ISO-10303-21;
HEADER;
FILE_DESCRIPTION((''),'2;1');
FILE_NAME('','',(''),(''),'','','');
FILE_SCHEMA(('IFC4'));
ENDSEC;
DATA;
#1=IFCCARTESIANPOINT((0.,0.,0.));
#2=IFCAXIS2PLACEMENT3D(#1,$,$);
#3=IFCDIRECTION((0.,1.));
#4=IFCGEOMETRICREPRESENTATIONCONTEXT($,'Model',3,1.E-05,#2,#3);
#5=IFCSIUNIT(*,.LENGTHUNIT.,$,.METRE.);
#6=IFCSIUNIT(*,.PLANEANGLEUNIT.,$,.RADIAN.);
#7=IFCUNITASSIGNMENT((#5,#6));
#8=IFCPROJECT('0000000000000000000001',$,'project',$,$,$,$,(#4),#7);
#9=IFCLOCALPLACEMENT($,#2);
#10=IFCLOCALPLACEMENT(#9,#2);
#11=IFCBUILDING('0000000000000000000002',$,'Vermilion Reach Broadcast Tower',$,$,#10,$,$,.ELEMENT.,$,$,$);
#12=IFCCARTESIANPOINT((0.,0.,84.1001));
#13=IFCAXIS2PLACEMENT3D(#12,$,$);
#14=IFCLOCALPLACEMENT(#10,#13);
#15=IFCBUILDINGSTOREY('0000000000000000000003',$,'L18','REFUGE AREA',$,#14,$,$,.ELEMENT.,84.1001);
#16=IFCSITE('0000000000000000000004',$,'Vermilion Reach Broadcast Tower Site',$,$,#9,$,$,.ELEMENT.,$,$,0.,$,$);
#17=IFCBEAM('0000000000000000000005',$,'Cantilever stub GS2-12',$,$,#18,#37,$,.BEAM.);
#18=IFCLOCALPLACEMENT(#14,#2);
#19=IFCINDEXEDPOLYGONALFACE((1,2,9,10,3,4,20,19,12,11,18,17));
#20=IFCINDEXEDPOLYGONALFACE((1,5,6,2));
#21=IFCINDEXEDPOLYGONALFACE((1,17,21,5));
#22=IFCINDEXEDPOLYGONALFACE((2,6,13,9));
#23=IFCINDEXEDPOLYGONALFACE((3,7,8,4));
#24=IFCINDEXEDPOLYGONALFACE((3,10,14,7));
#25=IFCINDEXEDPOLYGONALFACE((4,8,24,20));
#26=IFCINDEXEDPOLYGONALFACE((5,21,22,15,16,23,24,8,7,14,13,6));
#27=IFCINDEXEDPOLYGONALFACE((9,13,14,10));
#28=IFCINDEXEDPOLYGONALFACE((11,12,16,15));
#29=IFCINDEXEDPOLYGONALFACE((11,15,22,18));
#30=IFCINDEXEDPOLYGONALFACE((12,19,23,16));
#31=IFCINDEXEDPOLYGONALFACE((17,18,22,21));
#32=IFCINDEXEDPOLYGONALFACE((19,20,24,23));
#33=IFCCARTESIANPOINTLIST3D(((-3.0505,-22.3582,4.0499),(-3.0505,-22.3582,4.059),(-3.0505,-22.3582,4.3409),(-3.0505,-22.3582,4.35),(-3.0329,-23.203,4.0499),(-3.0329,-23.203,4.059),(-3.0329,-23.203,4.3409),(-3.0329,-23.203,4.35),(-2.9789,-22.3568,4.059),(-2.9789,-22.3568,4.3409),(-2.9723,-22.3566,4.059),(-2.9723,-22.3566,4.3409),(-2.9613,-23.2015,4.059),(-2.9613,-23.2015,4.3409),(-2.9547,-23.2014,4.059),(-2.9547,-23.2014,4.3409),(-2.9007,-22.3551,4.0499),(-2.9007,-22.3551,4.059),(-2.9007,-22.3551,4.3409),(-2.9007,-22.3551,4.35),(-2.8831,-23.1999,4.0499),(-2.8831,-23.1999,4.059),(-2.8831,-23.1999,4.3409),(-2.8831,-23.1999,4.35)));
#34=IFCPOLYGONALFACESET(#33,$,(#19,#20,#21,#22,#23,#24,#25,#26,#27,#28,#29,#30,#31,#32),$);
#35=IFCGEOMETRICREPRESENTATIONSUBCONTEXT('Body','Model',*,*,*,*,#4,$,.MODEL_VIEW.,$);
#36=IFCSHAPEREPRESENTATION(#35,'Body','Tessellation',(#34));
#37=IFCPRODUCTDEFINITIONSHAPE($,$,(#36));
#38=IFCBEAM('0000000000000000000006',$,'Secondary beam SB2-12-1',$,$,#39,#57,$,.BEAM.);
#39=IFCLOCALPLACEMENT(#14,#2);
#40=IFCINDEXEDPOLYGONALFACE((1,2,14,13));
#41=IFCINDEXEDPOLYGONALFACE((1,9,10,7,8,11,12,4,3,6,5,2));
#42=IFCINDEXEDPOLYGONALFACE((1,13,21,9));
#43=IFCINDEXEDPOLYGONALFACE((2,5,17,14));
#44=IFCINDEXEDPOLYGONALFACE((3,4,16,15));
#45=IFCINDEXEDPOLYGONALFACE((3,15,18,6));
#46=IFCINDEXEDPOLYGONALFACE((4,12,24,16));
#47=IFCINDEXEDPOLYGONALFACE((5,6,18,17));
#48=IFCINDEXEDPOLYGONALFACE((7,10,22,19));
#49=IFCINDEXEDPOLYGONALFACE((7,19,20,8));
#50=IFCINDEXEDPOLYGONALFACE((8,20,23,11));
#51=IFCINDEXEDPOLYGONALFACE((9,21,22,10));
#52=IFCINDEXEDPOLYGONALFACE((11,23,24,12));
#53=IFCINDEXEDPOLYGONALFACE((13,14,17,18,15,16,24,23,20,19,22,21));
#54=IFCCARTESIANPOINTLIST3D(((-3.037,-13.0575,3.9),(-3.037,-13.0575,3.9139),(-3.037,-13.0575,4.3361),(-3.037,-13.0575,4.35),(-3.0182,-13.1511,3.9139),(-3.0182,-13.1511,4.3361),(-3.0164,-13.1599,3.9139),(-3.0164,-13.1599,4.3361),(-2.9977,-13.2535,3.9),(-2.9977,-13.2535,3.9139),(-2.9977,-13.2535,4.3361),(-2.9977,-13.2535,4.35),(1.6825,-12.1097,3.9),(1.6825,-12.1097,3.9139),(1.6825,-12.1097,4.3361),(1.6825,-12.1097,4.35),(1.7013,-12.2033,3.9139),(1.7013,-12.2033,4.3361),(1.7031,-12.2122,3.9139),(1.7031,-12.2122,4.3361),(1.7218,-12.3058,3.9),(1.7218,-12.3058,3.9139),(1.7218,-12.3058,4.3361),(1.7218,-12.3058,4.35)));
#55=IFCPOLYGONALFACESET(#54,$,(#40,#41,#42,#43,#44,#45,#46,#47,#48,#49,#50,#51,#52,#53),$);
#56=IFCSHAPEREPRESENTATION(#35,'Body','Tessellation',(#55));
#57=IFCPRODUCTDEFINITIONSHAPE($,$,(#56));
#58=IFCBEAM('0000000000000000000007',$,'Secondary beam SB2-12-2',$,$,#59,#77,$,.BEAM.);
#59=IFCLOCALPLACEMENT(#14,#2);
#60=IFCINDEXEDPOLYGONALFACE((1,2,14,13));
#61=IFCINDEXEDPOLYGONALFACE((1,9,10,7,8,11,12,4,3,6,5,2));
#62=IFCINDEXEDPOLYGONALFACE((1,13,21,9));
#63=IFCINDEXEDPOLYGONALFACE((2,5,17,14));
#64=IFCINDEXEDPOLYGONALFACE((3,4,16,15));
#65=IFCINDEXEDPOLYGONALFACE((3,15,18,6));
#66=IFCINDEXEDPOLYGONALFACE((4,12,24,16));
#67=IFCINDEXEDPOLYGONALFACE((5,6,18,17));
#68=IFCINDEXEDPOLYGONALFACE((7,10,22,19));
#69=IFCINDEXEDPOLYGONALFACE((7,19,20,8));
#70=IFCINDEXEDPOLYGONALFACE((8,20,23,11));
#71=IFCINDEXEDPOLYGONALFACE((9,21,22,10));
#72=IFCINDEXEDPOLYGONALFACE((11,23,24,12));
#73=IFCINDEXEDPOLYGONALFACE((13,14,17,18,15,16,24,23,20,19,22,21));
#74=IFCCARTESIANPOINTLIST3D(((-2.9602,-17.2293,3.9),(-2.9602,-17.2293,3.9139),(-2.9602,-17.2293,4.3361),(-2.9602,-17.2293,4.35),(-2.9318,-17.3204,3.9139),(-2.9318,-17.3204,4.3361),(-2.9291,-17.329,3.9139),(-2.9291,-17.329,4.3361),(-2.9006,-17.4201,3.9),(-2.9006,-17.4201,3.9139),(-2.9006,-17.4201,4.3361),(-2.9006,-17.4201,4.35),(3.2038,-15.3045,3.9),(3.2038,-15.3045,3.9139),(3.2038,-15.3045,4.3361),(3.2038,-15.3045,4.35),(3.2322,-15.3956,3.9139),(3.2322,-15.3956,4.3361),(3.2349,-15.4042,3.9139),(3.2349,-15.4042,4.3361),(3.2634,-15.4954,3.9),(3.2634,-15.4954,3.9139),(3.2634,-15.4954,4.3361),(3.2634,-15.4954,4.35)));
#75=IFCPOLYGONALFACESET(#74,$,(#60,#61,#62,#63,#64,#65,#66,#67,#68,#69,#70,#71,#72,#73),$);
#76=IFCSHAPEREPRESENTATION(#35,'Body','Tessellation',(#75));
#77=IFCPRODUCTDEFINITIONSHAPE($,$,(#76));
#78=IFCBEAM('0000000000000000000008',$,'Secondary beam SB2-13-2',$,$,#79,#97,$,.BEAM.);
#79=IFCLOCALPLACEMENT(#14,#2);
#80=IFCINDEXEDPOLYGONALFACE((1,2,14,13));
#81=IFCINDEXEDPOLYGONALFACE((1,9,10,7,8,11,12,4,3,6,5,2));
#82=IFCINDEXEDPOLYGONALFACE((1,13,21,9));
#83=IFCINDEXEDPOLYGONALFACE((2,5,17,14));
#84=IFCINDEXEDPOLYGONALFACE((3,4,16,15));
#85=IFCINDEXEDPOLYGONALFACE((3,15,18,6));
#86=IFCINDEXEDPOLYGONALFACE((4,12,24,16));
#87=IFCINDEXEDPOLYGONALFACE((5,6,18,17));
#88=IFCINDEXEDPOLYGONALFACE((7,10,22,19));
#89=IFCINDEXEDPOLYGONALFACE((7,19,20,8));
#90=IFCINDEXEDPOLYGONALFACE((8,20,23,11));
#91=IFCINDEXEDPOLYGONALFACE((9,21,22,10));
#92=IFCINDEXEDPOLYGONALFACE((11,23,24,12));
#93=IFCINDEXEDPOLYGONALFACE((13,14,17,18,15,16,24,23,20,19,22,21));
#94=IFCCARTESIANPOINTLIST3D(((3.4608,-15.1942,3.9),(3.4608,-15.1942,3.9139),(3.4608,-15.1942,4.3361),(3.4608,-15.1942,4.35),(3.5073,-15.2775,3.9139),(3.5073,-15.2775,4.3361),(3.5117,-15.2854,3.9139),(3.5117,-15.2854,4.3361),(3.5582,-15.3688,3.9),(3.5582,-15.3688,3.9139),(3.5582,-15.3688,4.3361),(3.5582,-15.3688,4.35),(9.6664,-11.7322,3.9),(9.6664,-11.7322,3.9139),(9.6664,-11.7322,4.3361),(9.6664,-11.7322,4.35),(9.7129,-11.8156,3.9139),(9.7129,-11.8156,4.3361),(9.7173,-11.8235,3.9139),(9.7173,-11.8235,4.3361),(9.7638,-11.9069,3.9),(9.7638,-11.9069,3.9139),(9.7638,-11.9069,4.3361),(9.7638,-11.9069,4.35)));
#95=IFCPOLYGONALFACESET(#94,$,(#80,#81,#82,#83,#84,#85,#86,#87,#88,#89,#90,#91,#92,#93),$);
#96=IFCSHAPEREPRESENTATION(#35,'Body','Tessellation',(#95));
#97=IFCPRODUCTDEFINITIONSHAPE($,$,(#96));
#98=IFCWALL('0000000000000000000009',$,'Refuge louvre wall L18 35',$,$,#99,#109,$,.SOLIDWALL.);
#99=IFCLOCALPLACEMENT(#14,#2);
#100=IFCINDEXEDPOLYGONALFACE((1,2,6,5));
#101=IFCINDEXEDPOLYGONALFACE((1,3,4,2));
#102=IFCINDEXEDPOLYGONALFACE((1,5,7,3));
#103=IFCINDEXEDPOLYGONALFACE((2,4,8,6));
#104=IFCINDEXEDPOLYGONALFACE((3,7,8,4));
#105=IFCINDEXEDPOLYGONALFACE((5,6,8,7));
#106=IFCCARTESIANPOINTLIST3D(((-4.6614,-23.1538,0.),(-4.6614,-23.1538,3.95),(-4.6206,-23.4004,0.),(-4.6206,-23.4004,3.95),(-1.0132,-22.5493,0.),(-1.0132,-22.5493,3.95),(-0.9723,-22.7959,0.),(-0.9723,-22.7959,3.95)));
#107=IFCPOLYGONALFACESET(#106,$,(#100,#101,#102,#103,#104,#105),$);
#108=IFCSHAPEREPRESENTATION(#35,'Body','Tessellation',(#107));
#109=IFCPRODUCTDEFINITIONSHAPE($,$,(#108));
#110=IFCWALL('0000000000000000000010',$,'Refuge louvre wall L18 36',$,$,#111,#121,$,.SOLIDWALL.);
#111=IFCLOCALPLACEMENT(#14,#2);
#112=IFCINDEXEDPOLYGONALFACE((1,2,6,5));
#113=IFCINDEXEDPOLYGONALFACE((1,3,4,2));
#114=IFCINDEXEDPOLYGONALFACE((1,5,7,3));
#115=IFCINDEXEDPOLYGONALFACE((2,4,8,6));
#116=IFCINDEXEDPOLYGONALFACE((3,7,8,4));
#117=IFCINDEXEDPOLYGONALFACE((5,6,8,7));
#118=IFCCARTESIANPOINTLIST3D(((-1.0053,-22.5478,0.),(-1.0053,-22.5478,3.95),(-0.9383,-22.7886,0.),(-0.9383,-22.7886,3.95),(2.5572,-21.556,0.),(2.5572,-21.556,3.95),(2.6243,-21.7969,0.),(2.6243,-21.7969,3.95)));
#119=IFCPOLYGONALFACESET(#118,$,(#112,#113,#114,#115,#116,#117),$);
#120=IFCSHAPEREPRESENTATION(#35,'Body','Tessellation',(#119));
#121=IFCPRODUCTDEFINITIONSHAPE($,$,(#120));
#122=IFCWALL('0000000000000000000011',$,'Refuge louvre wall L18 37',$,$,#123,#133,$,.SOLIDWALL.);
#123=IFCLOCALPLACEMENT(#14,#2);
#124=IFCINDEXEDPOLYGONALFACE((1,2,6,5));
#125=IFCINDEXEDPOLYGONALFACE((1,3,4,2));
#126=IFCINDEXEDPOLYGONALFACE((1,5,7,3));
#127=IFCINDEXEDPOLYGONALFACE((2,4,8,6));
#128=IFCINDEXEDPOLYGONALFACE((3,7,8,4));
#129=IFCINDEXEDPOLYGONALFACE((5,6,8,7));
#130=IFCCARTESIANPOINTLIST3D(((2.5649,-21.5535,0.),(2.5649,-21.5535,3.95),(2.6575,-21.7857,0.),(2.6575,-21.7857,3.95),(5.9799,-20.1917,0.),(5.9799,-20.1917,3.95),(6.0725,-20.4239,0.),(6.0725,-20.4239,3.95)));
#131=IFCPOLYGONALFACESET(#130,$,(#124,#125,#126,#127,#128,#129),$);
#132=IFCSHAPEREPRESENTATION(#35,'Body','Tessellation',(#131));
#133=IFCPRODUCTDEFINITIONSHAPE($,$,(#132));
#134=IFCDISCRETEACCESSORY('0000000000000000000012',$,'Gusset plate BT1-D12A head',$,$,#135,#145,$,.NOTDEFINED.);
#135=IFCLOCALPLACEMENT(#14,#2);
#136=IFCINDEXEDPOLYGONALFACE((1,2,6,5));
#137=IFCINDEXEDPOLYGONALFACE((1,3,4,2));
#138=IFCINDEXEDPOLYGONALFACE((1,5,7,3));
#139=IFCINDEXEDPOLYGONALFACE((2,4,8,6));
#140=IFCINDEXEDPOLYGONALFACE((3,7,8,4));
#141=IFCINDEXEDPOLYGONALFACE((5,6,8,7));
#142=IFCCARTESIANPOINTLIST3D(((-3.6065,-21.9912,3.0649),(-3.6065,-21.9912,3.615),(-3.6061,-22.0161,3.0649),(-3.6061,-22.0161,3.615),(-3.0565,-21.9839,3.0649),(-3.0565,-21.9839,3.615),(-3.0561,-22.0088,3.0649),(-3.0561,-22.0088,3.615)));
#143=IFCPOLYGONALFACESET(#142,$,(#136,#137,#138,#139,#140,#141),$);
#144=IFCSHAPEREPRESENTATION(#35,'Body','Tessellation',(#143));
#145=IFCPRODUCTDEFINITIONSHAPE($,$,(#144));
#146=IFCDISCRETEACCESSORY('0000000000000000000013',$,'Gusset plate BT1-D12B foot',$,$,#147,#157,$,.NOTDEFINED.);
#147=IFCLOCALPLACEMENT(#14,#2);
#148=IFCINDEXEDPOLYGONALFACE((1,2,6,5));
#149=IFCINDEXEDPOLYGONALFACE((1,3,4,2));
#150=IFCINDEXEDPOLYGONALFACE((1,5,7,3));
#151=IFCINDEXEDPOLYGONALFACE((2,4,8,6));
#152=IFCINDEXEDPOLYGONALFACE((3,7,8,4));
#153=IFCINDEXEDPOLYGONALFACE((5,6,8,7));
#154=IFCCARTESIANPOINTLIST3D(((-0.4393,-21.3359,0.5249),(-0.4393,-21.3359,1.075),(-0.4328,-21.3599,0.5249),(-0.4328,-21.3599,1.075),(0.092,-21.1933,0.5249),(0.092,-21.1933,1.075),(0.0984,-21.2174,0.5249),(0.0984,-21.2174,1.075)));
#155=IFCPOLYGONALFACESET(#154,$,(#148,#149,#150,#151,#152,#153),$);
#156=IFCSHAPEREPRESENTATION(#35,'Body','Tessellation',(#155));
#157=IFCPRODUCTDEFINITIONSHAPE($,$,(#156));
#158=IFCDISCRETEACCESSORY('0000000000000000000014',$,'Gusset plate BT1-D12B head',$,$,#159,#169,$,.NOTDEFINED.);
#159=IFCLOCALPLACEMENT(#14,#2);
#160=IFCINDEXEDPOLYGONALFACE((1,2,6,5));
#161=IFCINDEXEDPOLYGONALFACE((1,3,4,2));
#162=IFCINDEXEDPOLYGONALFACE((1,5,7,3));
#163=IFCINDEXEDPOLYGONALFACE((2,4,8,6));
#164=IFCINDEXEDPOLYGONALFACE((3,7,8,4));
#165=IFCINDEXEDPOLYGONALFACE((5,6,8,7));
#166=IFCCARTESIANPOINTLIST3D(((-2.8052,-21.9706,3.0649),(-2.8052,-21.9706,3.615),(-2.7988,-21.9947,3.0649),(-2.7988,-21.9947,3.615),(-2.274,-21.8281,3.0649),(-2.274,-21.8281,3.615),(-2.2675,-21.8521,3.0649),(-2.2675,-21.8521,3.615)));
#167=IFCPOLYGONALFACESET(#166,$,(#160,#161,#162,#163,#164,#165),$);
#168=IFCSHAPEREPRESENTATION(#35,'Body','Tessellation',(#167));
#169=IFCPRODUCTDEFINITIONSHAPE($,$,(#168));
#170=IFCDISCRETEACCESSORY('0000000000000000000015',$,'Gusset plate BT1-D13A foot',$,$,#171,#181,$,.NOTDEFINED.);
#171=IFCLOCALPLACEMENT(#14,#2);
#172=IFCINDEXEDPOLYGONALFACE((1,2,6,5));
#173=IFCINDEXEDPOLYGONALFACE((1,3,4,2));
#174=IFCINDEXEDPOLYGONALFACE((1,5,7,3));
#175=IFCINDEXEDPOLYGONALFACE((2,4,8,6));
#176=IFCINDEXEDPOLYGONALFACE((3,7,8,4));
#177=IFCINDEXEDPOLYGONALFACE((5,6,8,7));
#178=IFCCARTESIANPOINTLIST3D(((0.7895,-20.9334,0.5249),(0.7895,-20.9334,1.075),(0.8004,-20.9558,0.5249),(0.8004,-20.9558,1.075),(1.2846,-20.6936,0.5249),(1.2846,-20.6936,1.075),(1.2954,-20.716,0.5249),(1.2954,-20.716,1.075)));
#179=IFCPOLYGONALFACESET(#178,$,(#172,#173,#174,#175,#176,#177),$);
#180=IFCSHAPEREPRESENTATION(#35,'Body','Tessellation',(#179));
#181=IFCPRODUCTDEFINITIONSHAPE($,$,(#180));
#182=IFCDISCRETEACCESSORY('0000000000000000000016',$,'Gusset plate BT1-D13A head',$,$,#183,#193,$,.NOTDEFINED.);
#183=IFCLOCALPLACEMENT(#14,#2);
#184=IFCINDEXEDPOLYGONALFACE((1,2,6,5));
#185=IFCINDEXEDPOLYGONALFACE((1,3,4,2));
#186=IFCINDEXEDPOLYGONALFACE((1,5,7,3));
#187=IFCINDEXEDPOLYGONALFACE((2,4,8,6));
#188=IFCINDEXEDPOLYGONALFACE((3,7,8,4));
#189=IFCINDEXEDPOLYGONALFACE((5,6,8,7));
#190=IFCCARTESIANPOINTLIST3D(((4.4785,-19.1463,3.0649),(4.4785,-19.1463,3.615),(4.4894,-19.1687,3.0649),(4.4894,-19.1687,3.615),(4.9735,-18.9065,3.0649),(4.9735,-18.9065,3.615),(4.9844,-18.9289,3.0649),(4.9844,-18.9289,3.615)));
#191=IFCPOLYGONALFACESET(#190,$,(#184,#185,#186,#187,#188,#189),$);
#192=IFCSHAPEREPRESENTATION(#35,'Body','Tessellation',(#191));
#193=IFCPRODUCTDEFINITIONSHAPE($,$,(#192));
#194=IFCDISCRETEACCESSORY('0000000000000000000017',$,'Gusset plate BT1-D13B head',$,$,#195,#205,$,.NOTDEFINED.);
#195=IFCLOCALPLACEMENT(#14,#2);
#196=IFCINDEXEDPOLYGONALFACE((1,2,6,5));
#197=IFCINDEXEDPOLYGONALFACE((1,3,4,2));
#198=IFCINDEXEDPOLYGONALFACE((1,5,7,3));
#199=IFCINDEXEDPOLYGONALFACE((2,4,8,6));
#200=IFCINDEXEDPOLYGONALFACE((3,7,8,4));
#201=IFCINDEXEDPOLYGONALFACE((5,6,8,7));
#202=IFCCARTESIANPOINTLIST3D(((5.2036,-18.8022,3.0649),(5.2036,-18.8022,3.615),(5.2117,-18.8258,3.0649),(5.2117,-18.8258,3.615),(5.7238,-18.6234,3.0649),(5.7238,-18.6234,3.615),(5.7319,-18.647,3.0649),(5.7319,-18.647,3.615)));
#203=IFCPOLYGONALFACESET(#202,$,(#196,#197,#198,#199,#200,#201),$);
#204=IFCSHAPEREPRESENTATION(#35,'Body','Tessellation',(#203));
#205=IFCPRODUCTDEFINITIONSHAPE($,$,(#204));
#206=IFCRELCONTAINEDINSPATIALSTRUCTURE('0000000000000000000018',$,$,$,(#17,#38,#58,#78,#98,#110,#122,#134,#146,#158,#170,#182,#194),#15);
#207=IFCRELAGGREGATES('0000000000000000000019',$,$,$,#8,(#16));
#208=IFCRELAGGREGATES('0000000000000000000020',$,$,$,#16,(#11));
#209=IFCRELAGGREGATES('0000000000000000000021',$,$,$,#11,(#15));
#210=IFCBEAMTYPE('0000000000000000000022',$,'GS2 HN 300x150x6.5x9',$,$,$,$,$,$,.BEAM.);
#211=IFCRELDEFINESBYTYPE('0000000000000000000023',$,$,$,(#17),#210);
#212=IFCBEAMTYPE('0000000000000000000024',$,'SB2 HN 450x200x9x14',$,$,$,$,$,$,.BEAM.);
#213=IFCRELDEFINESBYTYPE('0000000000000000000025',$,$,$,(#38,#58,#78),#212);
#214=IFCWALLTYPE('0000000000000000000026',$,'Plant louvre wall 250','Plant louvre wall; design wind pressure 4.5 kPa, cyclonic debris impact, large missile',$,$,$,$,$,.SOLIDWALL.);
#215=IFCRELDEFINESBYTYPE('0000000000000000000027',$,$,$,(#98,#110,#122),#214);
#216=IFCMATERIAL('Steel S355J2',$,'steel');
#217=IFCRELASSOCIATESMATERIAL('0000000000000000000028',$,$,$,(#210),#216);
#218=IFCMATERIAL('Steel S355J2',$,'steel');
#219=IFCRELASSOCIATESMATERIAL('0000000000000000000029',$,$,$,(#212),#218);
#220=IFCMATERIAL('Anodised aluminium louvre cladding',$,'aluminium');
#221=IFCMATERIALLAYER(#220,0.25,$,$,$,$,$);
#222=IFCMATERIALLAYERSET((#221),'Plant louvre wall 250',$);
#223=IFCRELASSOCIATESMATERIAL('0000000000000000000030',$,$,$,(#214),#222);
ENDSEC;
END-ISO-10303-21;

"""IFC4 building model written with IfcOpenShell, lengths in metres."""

from ifc_helpers import new_model, si_unit, direction, frame, frame_2d, origin, origin_2d, place, context, subcontext, project, spatial, rectangle, i_section, extrude, material, layer, layer_set, material_profile, profile_set, type_object, element, save


model = new_model("IFC4")

# Units and contexts
model_context = context("Model", 3, precision=1e-05, world=origin(), true_north=direction((0.0, 1.0)))
body_context = subcontext(model_context, "Body", "Model", "MODEL_VIEW")
ifc_project = project(units=[si_unit("LENGTHUNIT", "METRE"), si_unit("PLANEANGLEUNIT", "RADIAN")], contexts=[model_context])

# Site, building, storey
site_placement = place(None, origin())
site = spatial("IfcSite", under=ifc_project, at=site_placement, Name="Vermilion Reach Broadcast Tower Site", CompositionType="ELEMENT", RefElevation=0.0)
building_placement = place(site_placement, origin())
building = spatial("IfcBuilding", under=site, at=building_placement, Name="Vermilion Reach Broadcast Tower", CompositionType="ELEMENT")
storey_placement = place(building_placement, frame((0.0, 0.0, 84.1001)))
storey = spatial("IfcBuildingStorey", under=building, at=storey_placement, Name="L18", Description="REFUGE AREA", CompositionType="ELEMENT", Elevation=84.1001)

# Beams
ifc_material_1 = material(Name="Steel S355J2", Category="steel")
ifc_material_profile_1 = material_profile(ifc_material_1, i_section(OverallWidth=0.1499, OverallDepth=0.3, WebThickness=0.0066, FlangeThickness=0.009, at=origin_2d()), Name="S355J2 HN 300x150x6.5x9")
ifc_profile_set_1 = profile_set([ifc_material_profile_1], Name="Steel S355J2")
beam_type_1 = type_object("IfcBeamType", Name="GS2 HN 300x150x6.5x9", PredefinedType="BEAM", material=ifc_profile_set_1)
beam_1_placement = place(storey_placement, frame((-2.9756, -22.3567, 4.2), z_axis=(0.020805, -0.999784, 0.0), x_axis=(0.999784, 0.020805, 0.0)))
element("IfcBeam", 1, at=beam_1_placement, inside=storey, type_object=beam_type_1, Name="Cantilever stub GS2-12", PredefinedType="BEAM", context=body_context, shape_type="SweptSolid", body=[
    extrude(i_section(OverallWidth=0.1499, OverallDepth=0.3, WebThickness=0.0066, FlangeThickness=0.009, at=origin_2d()), origin(), (0.0, 0.0, 1.0), 0.845),
])
ifc_material_2 = material(Name="Steel S355J2", Category="steel")
ifc_material_profile_2 = material_profile(ifc_material_2, i_section(OverallWidth=0.2, OverallDepth=0.45, WebThickness=0.009, FlangeThickness=0.0139, at=origin_2d()), Name="S355J2 HN 450x200x9x14")
ifc_profile_set_2 = profile_set([ifc_material_profile_2], Name="Steel S355J2")
beam_type_2 = type_object("IfcBeamType", Name="SB2 HN 450x200x9x14", PredefinedType="BEAM", material=ifc_profile_set_2)
beam_2_placement = place(storey_placement, frame((-3.0173, -13.1555, 4.125), z_axis=(0.980426, 0.196887, 0.0), x_axis=(-0.196887, 0.980426, 0.0)))
element("IfcBeam", 2, at=beam_2_placement, inside=storey, type_object=beam_type_2, Name="Secondary beam SB2-12-1", PredefinedType="BEAM", context=body_context, shape_type="SweptSolid", body=[
    extrude(i_section(OverallWidth=0.2, OverallDepth=0.45, WebThickness=0.009, FlangeThickness=0.0139, at=origin_2d()), origin(), (0.0, 0.0, 1.0), 4.8137),
])
beam_3_placement = place(storey_placement, frame((-2.9304, -17.3247, 4.125), z_axis=(0.954545, 0.298068, 0.0), x_axis=(-0.298068, 0.954545, 0.0)))
element("IfcBeam", 3, at=beam_3_placement, inside=storey, type_object=beam_type_2, Name="Secondary beam SB2-12-2", PredefinedType="BEAM", context=body_context, shape_type="SweptSolid", body=[
    extrude(i_section(OverallWidth=0.2, OverallDepth=0.45, WebThickness=0.009, FlangeThickness=0.0139, at=origin_2d()), origin(), (0.0, 0.0, 1.0), 6.4575),
])
beam_4_placement = place(storey_placement, frame((3.5095, -15.2815, 4.125), z_axis=(0.873297, 0.487188, 0.0), x_axis=(-0.487188, 0.873297, 0.0)))
element("IfcBeam", 4, at=beam_4_placement, inside=storey, type_object=beam_type_2, Name="Secondary beam SB2-13-2", PredefinedType="BEAM", context=body_context, shape_type="SweptSolid", body=[
    extrude(i_section(OverallWidth=0.2, OverallDepth=0.45, WebThickness=0.009, FlangeThickness=0.0139, at=origin_2d()), origin(), (0.0, 0.0, 1.0), 7.106),
])

# Walls
ifc_material_3 = material(Name="Anodised aluminium louvre cladding", Category="aluminium")
ifc_layer = layer(ifc_material_3, 0.25)
ifc_layer_set = layer_set([ifc_layer], Name="Plant louvre wall 250")
wall_type = type_object("IfcWallType", Name="Plant louvre wall 250", Description="Plant louvre wall; design wind pressure 4.5 kPa, cyclonic debris impact, large missile", PredefinedType="SOLIDWALL", material=ifc_layer_set)
for number, where, z_axis, x_axis, name in (
    (5, (-4.6411, -23.2771, 0.0), (0.0, 0.0, 1.0), (0.986549, 0.163467, 0.0), "Refuge louvre wall L18 35"),
    (6, (-0.9719, -22.6682, 0.0), (0.0, 0.0, 1.0), (0.96337, 0.268175, 0.0), "Refuge louvre wall L18 36"),
):
    element("IfcWall", number, at=place(storey_placement, frame(where, z_axis=z_axis, x_axis=x_axis)), inside=storey, type_object=wall_type, Name=name, PredefinedType="SOLIDWALL", context=body_context, shape_type="SweptSolid", body=[
        extrude(rectangle(XDim=3.698, YDim=0.25, at=frame_2d((1.8491, 0.0))), origin(), (0.0, 0.0, 1.0), 3.95),
    ])
wall_placement = place(storey_placement, frame((2.6111, -21.6697, 0.0), z_axis=(0.0, 0.0, 1.0), x_axis=(0.92887, 0.370406, 0.0)))
element("IfcWall", 7, at=wall_placement, inside=storey, type_object=wall_type, Name="Refuge louvre wall L18 37", PredefinedType="SOLIDWALL", context=body_context, shape_type="SweptSolid", body=[
    extrude(rectangle(XDim=3.6765, YDim=0.25, at=frame_2d((1.8384, 0.0))), origin(), (0.0, 0.0, 1.0), 3.95),
])

# Discrete accessories
for number, where, z_axis, x_axis, name in (
    (8, (-3.3313, -22.0, 3.0649), (0.0, 0.0, 1.0), (-0.013339, 0.999911, 0.0), "Gusset plate BT1-D12A head"),
    (9, (-0.1704, -21.2766, 0.5249), (0.0, 0.0, 1.0), (0.259159, -0.965835, 0.0), "Gusset plate BT1-D12B foot"),
    (10, (-2.5364, -21.9114, 3.0649), (0.0, 0.0, 1.0), (0.259159, -0.965835, 0.0), "Gusset plate BT1-D12B head"),
    (11, (1.0425, -20.8247, 0.5249), (0.0, 0.0, 1.0), (-0.435959, 0.899967, 0.0), "Gusset plate BT1-D13A foot"),
    (12, (4.7314, -19.0376, 3.0649), (0.0, 0.0, 1.0), (-0.435959, 0.899967, 0.0), "Gusset plate BT1-D13A head"),
    (13, (5.4678, -18.7246, 3.0649), (0.0, 0.0, 1.0), (0.325102, -0.945679, 0.0), "Gusset plate BT1-D13B head"),
):
    element("IfcDiscreteAccessory", number, at=place(storey_placement, frame(where, z_axis=z_axis, x_axis=x_axis)), inside=storey, Name=name, PredefinedType="NOTDEFINED", context=body_context, shape_type="SweptSolid", body=[
        extrude(rectangle(XDim=0.0249, YDim=0.55, at=origin_2d()), origin(), (0.0, 0.0, 1.0), 0.55),
    ])

save(model, "model.ifc")
